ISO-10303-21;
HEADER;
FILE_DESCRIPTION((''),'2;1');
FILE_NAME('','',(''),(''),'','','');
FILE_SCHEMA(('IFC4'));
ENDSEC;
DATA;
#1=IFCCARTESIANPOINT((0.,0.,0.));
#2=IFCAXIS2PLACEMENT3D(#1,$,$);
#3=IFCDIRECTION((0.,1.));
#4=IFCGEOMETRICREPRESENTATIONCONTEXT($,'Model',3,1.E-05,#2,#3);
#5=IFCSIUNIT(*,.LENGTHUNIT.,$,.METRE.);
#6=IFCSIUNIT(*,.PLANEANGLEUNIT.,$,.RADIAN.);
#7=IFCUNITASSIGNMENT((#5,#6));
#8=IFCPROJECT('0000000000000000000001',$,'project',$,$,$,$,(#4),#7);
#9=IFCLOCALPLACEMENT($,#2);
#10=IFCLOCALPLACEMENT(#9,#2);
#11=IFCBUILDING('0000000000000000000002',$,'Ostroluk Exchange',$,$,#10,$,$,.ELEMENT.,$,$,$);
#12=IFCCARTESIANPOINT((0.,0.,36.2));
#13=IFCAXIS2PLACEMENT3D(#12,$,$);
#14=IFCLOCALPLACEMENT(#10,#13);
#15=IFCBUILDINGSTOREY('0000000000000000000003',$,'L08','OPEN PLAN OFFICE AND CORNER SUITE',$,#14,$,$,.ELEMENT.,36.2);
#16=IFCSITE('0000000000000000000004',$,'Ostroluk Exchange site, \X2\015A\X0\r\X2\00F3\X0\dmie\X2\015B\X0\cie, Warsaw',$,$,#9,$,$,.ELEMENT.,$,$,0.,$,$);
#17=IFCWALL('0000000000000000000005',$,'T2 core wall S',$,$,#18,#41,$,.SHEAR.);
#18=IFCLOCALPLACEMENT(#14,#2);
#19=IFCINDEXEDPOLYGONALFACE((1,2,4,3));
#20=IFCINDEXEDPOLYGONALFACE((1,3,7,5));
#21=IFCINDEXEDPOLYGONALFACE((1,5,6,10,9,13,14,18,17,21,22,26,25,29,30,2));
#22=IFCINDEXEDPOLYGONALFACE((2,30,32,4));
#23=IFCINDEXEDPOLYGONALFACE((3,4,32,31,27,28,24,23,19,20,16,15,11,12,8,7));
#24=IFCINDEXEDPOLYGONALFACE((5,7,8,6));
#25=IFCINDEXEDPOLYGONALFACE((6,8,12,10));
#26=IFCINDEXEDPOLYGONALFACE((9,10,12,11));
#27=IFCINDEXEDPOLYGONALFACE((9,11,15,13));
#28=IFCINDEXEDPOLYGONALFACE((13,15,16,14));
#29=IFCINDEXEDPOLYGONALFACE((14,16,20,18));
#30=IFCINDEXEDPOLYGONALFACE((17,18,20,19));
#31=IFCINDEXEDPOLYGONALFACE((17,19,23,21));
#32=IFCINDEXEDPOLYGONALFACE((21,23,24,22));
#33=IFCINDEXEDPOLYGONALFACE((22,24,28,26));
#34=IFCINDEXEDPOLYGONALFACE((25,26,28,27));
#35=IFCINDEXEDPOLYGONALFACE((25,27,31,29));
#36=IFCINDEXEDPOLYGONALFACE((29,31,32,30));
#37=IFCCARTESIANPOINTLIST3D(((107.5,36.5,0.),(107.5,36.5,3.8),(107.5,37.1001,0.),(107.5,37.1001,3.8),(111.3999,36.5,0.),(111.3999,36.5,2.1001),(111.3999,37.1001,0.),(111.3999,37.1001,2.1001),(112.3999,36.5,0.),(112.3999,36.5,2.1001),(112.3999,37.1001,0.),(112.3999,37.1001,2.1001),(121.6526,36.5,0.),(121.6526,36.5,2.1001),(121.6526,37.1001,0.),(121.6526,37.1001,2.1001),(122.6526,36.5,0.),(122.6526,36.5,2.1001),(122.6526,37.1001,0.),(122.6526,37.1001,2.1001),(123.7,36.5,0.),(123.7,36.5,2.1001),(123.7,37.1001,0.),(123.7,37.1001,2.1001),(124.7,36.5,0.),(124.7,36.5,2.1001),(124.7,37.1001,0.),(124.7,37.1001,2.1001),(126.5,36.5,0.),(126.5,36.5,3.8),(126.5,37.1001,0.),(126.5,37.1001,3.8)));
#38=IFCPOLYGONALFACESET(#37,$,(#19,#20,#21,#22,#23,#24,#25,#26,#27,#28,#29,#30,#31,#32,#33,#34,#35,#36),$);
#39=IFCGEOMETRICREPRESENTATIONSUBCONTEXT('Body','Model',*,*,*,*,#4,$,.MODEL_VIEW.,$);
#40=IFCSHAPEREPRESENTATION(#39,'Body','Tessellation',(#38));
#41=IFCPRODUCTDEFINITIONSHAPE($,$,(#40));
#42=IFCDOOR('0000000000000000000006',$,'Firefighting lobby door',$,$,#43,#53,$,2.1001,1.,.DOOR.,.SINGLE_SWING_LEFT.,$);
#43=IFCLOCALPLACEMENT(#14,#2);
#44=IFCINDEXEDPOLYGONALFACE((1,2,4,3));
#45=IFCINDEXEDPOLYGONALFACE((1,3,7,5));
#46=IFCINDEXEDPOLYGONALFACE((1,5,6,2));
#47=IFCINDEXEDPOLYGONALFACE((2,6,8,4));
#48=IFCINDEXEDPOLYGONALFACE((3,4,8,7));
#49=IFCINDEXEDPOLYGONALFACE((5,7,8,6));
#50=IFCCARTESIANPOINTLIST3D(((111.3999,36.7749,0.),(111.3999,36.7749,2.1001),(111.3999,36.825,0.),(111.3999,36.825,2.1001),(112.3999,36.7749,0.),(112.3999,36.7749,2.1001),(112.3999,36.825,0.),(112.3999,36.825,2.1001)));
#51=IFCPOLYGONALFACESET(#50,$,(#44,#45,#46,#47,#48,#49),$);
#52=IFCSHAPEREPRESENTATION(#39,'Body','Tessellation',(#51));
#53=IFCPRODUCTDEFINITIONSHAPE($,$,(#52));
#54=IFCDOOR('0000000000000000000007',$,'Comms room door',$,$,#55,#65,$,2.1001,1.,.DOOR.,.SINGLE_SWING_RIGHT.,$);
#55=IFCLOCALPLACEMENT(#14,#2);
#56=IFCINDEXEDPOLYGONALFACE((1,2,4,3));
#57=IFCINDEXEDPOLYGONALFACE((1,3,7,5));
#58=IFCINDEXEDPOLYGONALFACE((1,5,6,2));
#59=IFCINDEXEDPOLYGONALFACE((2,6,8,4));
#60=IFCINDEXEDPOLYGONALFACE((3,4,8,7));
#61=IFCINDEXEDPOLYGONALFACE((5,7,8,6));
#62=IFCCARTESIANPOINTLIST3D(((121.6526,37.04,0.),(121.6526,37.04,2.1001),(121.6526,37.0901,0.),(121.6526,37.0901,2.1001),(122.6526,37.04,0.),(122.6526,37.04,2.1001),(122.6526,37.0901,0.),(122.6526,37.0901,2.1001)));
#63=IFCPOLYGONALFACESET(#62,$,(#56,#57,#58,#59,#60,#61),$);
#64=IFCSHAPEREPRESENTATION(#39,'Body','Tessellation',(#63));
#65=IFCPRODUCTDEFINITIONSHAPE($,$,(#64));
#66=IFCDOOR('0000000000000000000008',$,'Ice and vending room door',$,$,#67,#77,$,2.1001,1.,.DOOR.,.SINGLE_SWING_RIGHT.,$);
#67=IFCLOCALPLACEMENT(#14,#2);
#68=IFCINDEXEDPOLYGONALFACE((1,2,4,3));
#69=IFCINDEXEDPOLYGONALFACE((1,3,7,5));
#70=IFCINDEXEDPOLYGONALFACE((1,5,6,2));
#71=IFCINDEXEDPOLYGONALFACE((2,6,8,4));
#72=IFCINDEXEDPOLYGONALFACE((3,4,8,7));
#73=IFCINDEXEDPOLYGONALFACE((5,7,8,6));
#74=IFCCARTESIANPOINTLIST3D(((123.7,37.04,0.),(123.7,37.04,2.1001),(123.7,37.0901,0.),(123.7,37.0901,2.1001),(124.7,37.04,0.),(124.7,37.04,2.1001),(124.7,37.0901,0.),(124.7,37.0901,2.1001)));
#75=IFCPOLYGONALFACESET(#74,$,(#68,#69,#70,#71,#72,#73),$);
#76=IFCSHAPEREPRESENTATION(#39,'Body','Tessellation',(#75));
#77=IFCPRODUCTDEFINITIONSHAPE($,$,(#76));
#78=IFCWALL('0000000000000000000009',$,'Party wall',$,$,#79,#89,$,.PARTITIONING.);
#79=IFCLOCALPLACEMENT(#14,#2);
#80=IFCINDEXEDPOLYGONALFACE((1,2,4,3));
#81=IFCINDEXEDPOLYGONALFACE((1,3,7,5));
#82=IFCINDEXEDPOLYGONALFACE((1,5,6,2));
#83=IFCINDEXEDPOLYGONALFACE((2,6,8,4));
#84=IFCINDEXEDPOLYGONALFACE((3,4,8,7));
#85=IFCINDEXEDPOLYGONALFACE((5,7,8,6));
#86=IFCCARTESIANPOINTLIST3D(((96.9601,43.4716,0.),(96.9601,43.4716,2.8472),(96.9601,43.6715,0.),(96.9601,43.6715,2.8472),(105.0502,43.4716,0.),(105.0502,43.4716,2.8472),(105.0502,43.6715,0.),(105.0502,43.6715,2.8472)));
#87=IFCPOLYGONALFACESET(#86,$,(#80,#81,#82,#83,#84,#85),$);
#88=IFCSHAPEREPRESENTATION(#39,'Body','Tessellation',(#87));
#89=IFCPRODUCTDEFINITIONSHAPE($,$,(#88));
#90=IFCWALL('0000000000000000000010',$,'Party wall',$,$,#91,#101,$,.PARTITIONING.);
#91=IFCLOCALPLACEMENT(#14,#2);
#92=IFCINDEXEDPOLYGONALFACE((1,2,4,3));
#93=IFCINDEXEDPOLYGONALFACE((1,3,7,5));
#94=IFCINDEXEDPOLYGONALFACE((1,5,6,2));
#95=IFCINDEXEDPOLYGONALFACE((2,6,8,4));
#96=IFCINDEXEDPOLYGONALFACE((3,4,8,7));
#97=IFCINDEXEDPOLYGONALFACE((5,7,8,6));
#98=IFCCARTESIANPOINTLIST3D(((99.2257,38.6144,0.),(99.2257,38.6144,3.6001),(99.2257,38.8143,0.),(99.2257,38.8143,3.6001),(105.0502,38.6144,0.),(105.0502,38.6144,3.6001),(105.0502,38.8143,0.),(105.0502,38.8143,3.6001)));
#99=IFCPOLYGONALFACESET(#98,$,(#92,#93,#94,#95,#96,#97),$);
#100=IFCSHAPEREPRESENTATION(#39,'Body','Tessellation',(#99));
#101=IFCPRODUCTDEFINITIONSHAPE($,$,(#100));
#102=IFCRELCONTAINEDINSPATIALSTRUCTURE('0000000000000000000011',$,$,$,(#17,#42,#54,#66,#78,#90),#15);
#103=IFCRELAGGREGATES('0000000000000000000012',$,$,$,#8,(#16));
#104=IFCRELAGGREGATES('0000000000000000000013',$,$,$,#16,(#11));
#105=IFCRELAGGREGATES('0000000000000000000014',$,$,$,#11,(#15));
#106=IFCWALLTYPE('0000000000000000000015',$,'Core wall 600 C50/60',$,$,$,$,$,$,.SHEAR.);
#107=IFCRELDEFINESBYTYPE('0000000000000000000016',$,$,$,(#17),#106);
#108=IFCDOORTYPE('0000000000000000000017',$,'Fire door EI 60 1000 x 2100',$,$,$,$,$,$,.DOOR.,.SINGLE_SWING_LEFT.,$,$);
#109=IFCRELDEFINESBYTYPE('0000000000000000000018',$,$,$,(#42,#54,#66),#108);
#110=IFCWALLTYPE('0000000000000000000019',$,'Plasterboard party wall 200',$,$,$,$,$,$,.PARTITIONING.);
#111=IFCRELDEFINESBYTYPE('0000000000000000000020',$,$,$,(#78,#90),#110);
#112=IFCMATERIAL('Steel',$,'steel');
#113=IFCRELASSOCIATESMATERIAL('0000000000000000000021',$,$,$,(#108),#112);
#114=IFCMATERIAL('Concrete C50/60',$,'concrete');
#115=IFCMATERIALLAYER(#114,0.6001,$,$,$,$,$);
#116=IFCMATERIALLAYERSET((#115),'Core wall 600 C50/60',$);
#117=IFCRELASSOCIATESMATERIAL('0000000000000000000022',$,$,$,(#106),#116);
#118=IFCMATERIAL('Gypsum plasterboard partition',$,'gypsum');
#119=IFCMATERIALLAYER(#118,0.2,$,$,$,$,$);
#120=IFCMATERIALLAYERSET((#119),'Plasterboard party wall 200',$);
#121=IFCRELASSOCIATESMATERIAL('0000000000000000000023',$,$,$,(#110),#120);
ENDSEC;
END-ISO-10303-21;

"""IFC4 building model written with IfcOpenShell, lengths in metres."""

from ifc_helpers import new_model, si_unit, direction, frame, frame_2d, origin, place, context, subcontext, project, spatial, rectangle, extrude, material, layer, layer_set, type_object, element, fill, save


model = new_model("IFC4")

# Units and contexts
model_context = context("Model", 3, precision=1e-05, world=origin(), true_north=direction((0.0, 1.0)))
body_context = subcontext(model_context, "Body", "Model", "MODEL_VIEW")
ifc_project = project(units=[si_unit("LENGTHUNIT", "METRE"), si_unit("PLANEANGLEUNIT", "RADIAN")], contexts=[model_context])

# Site, building, storey
site_placement = place(None, origin())
site = spatial("IfcSite", under=ifc_project, at=site_placement, Name="Ostroluk Exchange site, Śródmieście, Warsaw", CompositionType="ELEMENT", RefElevation=0.0)
building_placement = place(site_placement, origin())
building = spatial("IfcBuilding", under=site, at=building_placement, Name="Ostroluk Exchange", CompositionType="ELEMENT")
storey_placement = place(building_placement, frame((0.0, 0.0, 36.2)))
storey = spatial("IfcBuildingStorey", under=building, at=storey_placement, Name="L08", Description="OPEN PLAN OFFICE AND CORNER SUITE", CompositionType="ELEMENT", Elevation=36.2)

# Wall, openings, doors
ifc_material_1 = material(Name="Steel", Category="steel")
door_type_1 = type_object("IfcDoorType", Name="Fire door EI 60 1000 x 2100", OperationType="SINGLE_SWING_LEFT", PredefinedType="DOOR", material=ifc_material_1)
ifc_material_2 = material(Name="Concrete C50/60", Category="concrete")
ifc_layer_1 = layer(ifc_material_2, 0.6001)
ifc_layer_set_1 = layer_set([ifc_layer_1], Name="Core wall 600 C50/60")
wall_type_1 = type_object("IfcWallType", Name="Core wall 600 C50/60", PredefinedType="SHEAR", material=ifc_layer_set_1)
wall_1_placement = place(storey_placement, frame((107.5, 36.8, 0.0), z_axis=(0.0, 0.0, 1.0), x_axis=(1.0, 0.0, 0.0)))
wall_1 = element("IfcWall", 1, at=wall_1_placement, inside=storey, type_object=wall_type_1, Name="T2 core wall S", PredefinedType="SHEAR", context=body_context, shape_type="SweptSolid", body=[
    extrude(rectangle(XDim=19.0, YDim=0.6001, at=frame_2d((9.5, 0.0))), origin(), (0.0, 0.0, 1.0), 3.8),
])
opening_1_placement = place(wall_1_placement, frame((3.8999, 0.0, 0.0)))
opening_1 = element("IfcOpeningElement", 2, at=opening_1_placement, cuts=wall_1, PredefinedType="OPENING", context=body_context, shape_type="SweptSolid", body=[
    extrude(rectangle(XDim=1.0, YDim=2.1001, at=frame_2d((0.5, 1.05))), frame((0.0, 0.3101, 0.0), z_axis=(0.0, -1.0, 0.0), x_axis=(1.0, 0.0, 0.0)), (0.0, 0.0, 1.0), 0.6201),
])
opening_2_placement = place(wall_1_placement, frame((14.1526, 0.0, 0.0)))
opening_2 = element("IfcOpeningElement", 3, at=opening_2_placement, cuts=wall_1, PredefinedType="OPENING", context=body_context, shape_type="SweptSolid", body=[
    extrude(rectangle(XDim=1.0, YDim=2.1001, at=frame_2d((0.5, 1.05))), frame((0.0, 0.3101, 0.0), z_axis=(0.0, -1.0, 0.0), x_axis=(1.0, 0.0, 0.0)), (0.0, 0.0, 1.0), 0.6201),
])
opening_3_placement = place(wall_1_placement, frame((16.2, 0.0, 0.0)))
opening_3 = element("IfcOpeningElement", 4, at=opening_3_placement, cuts=wall_1, PredefinedType="OPENING", context=body_context, shape_type="SweptSolid", body=[
    extrude(rectangle(XDim=1.0, YDim=2.1001, at=frame_2d((0.5, 1.05))), frame((0.0, 0.3101, 0.0), z_axis=(0.0, -1.0, 0.0), x_axis=(1.0, 0.0, 0.0)), (0.0, 0.0, 1.0), 0.6201),
])
door_1_placement = place(opening_1_placement, origin())
door_1 = element("IfcDoor", 5, at=door_1_placement, inside=storey, type_object=door_type_1, Name="Firefighting lobby door", OperationType="SINGLE_SWING_LEFT", OverallHeight=2.1001, OverallWidth=1.0, PredefinedType="DOOR", context=body_context, shape_type="SweptSolid", body=[
    extrude(rectangle(XDim=1.0, YDim=2.1001, at=frame_2d((0.5, 1.05))), frame((0.0, 0.0249, 0.0), z_axis=(0.0, -1.0, 0.0), x_axis=(1.0, 0.0, 0.0)), (0.0, 0.0, 1.0), 0.05),
])
fill(opening_1, door_1)
door_2_placement = place(opening_2_placement, origin())
door_2 = element("IfcDoor", 6, at=door_2_placement, inside=storey, type_object=door_type_1, Name="Comms room door", OperationType="SINGLE_SWING_RIGHT", OverallHeight=2.1001, OverallWidth=1.0, PredefinedType="DOOR", context=body_context, shape_type="SweptSolid", body=[
    extrude(rectangle(XDim=1.0, YDim=2.1001, at=frame_2d((0.5, 1.05))), frame((0.0, 0.29, 0.0), z_axis=(0.0, -1.0, 0.0), x_axis=(1.0, 0.0, 0.0)), (0.0, 0.0, 1.0), 0.05),
])
fill(opening_2, door_2)
door_3_placement = place(opening_3_placement, origin())
door_3 = element("IfcDoor", 7, at=door_3_placement, inside=storey, type_object=door_type_1, Name="Ice and vending room door", OperationType="SINGLE_SWING_RIGHT", OverallHeight=2.1001, OverallWidth=1.0, PredefinedType="DOOR", context=body_context, shape_type="SweptSolid", body=[
    extrude(rectangle(XDim=1.0, YDim=2.1001, at=frame_2d((0.5, 1.05))), frame((0.0, 0.29, 0.0), z_axis=(0.0, -1.0, 0.0), x_axis=(1.0, 0.0, 0.0)), (0.0, 0.0, 1.0), 0.05),
])
fill(opening_3, door_3)

# Walls
ifc_material_3 = material(Name="Gypsum plasterboard partition", Category="gypsum")
ifc_layer_2 = layer(ifc_material_3, 0.2)
ifc_layer_set_2 = layer_set([ifc_layer_2], Name="Plasterboard party wall 200")
wall_type_2 = type_object("IfcWallType", Name="Plasterboard party wall 200", PredefinedType="PARTITIONING", material=ifc_layer_set_2)
wall_2_placement = place(storey_placement, frame((105.05, 43.5715, 0.0), z_axis=(0.0, 0.0, 1.0), x_axis=(-1.0, 0.0, 0.0)))
element("IfcWall", 8, at=wall_2_placement, inside=storey, type_object=wall_type_2, Name="Party wall", PredefinedType="PARTITIONING", context=body_context, shape_type="SweptSolid", body=[
    extrude(rectangle(XDim=8.0901, YDim=0.2, at=frame_2d((4.0449, 0.0))), origin(), (0.0, 0.0, 1.0), 2.8472),
])
wall_3_placement = place(storey_placement, frame((105.05, 38.7144, 0.0), z_axis=(0.0, 0.0, 1.0), x_axis=(-1.0, 0.0, 0.0)))
element("IfcWall", 9, at=wall_3_placement, inside=storey, type_object=wall_type_2, Name="Party wall", PredefinedType="PARTITIONING", context=body_context, shape_type="SweptSolid", body=[
    extrude(rectangle(XDim=5.8245, YDim=0.2, at=frame_2d((2.9121, 0.0))), origin(), (0.0, 0.0, 1.0), 3.6001),
])

save(model, "model.ifc")
